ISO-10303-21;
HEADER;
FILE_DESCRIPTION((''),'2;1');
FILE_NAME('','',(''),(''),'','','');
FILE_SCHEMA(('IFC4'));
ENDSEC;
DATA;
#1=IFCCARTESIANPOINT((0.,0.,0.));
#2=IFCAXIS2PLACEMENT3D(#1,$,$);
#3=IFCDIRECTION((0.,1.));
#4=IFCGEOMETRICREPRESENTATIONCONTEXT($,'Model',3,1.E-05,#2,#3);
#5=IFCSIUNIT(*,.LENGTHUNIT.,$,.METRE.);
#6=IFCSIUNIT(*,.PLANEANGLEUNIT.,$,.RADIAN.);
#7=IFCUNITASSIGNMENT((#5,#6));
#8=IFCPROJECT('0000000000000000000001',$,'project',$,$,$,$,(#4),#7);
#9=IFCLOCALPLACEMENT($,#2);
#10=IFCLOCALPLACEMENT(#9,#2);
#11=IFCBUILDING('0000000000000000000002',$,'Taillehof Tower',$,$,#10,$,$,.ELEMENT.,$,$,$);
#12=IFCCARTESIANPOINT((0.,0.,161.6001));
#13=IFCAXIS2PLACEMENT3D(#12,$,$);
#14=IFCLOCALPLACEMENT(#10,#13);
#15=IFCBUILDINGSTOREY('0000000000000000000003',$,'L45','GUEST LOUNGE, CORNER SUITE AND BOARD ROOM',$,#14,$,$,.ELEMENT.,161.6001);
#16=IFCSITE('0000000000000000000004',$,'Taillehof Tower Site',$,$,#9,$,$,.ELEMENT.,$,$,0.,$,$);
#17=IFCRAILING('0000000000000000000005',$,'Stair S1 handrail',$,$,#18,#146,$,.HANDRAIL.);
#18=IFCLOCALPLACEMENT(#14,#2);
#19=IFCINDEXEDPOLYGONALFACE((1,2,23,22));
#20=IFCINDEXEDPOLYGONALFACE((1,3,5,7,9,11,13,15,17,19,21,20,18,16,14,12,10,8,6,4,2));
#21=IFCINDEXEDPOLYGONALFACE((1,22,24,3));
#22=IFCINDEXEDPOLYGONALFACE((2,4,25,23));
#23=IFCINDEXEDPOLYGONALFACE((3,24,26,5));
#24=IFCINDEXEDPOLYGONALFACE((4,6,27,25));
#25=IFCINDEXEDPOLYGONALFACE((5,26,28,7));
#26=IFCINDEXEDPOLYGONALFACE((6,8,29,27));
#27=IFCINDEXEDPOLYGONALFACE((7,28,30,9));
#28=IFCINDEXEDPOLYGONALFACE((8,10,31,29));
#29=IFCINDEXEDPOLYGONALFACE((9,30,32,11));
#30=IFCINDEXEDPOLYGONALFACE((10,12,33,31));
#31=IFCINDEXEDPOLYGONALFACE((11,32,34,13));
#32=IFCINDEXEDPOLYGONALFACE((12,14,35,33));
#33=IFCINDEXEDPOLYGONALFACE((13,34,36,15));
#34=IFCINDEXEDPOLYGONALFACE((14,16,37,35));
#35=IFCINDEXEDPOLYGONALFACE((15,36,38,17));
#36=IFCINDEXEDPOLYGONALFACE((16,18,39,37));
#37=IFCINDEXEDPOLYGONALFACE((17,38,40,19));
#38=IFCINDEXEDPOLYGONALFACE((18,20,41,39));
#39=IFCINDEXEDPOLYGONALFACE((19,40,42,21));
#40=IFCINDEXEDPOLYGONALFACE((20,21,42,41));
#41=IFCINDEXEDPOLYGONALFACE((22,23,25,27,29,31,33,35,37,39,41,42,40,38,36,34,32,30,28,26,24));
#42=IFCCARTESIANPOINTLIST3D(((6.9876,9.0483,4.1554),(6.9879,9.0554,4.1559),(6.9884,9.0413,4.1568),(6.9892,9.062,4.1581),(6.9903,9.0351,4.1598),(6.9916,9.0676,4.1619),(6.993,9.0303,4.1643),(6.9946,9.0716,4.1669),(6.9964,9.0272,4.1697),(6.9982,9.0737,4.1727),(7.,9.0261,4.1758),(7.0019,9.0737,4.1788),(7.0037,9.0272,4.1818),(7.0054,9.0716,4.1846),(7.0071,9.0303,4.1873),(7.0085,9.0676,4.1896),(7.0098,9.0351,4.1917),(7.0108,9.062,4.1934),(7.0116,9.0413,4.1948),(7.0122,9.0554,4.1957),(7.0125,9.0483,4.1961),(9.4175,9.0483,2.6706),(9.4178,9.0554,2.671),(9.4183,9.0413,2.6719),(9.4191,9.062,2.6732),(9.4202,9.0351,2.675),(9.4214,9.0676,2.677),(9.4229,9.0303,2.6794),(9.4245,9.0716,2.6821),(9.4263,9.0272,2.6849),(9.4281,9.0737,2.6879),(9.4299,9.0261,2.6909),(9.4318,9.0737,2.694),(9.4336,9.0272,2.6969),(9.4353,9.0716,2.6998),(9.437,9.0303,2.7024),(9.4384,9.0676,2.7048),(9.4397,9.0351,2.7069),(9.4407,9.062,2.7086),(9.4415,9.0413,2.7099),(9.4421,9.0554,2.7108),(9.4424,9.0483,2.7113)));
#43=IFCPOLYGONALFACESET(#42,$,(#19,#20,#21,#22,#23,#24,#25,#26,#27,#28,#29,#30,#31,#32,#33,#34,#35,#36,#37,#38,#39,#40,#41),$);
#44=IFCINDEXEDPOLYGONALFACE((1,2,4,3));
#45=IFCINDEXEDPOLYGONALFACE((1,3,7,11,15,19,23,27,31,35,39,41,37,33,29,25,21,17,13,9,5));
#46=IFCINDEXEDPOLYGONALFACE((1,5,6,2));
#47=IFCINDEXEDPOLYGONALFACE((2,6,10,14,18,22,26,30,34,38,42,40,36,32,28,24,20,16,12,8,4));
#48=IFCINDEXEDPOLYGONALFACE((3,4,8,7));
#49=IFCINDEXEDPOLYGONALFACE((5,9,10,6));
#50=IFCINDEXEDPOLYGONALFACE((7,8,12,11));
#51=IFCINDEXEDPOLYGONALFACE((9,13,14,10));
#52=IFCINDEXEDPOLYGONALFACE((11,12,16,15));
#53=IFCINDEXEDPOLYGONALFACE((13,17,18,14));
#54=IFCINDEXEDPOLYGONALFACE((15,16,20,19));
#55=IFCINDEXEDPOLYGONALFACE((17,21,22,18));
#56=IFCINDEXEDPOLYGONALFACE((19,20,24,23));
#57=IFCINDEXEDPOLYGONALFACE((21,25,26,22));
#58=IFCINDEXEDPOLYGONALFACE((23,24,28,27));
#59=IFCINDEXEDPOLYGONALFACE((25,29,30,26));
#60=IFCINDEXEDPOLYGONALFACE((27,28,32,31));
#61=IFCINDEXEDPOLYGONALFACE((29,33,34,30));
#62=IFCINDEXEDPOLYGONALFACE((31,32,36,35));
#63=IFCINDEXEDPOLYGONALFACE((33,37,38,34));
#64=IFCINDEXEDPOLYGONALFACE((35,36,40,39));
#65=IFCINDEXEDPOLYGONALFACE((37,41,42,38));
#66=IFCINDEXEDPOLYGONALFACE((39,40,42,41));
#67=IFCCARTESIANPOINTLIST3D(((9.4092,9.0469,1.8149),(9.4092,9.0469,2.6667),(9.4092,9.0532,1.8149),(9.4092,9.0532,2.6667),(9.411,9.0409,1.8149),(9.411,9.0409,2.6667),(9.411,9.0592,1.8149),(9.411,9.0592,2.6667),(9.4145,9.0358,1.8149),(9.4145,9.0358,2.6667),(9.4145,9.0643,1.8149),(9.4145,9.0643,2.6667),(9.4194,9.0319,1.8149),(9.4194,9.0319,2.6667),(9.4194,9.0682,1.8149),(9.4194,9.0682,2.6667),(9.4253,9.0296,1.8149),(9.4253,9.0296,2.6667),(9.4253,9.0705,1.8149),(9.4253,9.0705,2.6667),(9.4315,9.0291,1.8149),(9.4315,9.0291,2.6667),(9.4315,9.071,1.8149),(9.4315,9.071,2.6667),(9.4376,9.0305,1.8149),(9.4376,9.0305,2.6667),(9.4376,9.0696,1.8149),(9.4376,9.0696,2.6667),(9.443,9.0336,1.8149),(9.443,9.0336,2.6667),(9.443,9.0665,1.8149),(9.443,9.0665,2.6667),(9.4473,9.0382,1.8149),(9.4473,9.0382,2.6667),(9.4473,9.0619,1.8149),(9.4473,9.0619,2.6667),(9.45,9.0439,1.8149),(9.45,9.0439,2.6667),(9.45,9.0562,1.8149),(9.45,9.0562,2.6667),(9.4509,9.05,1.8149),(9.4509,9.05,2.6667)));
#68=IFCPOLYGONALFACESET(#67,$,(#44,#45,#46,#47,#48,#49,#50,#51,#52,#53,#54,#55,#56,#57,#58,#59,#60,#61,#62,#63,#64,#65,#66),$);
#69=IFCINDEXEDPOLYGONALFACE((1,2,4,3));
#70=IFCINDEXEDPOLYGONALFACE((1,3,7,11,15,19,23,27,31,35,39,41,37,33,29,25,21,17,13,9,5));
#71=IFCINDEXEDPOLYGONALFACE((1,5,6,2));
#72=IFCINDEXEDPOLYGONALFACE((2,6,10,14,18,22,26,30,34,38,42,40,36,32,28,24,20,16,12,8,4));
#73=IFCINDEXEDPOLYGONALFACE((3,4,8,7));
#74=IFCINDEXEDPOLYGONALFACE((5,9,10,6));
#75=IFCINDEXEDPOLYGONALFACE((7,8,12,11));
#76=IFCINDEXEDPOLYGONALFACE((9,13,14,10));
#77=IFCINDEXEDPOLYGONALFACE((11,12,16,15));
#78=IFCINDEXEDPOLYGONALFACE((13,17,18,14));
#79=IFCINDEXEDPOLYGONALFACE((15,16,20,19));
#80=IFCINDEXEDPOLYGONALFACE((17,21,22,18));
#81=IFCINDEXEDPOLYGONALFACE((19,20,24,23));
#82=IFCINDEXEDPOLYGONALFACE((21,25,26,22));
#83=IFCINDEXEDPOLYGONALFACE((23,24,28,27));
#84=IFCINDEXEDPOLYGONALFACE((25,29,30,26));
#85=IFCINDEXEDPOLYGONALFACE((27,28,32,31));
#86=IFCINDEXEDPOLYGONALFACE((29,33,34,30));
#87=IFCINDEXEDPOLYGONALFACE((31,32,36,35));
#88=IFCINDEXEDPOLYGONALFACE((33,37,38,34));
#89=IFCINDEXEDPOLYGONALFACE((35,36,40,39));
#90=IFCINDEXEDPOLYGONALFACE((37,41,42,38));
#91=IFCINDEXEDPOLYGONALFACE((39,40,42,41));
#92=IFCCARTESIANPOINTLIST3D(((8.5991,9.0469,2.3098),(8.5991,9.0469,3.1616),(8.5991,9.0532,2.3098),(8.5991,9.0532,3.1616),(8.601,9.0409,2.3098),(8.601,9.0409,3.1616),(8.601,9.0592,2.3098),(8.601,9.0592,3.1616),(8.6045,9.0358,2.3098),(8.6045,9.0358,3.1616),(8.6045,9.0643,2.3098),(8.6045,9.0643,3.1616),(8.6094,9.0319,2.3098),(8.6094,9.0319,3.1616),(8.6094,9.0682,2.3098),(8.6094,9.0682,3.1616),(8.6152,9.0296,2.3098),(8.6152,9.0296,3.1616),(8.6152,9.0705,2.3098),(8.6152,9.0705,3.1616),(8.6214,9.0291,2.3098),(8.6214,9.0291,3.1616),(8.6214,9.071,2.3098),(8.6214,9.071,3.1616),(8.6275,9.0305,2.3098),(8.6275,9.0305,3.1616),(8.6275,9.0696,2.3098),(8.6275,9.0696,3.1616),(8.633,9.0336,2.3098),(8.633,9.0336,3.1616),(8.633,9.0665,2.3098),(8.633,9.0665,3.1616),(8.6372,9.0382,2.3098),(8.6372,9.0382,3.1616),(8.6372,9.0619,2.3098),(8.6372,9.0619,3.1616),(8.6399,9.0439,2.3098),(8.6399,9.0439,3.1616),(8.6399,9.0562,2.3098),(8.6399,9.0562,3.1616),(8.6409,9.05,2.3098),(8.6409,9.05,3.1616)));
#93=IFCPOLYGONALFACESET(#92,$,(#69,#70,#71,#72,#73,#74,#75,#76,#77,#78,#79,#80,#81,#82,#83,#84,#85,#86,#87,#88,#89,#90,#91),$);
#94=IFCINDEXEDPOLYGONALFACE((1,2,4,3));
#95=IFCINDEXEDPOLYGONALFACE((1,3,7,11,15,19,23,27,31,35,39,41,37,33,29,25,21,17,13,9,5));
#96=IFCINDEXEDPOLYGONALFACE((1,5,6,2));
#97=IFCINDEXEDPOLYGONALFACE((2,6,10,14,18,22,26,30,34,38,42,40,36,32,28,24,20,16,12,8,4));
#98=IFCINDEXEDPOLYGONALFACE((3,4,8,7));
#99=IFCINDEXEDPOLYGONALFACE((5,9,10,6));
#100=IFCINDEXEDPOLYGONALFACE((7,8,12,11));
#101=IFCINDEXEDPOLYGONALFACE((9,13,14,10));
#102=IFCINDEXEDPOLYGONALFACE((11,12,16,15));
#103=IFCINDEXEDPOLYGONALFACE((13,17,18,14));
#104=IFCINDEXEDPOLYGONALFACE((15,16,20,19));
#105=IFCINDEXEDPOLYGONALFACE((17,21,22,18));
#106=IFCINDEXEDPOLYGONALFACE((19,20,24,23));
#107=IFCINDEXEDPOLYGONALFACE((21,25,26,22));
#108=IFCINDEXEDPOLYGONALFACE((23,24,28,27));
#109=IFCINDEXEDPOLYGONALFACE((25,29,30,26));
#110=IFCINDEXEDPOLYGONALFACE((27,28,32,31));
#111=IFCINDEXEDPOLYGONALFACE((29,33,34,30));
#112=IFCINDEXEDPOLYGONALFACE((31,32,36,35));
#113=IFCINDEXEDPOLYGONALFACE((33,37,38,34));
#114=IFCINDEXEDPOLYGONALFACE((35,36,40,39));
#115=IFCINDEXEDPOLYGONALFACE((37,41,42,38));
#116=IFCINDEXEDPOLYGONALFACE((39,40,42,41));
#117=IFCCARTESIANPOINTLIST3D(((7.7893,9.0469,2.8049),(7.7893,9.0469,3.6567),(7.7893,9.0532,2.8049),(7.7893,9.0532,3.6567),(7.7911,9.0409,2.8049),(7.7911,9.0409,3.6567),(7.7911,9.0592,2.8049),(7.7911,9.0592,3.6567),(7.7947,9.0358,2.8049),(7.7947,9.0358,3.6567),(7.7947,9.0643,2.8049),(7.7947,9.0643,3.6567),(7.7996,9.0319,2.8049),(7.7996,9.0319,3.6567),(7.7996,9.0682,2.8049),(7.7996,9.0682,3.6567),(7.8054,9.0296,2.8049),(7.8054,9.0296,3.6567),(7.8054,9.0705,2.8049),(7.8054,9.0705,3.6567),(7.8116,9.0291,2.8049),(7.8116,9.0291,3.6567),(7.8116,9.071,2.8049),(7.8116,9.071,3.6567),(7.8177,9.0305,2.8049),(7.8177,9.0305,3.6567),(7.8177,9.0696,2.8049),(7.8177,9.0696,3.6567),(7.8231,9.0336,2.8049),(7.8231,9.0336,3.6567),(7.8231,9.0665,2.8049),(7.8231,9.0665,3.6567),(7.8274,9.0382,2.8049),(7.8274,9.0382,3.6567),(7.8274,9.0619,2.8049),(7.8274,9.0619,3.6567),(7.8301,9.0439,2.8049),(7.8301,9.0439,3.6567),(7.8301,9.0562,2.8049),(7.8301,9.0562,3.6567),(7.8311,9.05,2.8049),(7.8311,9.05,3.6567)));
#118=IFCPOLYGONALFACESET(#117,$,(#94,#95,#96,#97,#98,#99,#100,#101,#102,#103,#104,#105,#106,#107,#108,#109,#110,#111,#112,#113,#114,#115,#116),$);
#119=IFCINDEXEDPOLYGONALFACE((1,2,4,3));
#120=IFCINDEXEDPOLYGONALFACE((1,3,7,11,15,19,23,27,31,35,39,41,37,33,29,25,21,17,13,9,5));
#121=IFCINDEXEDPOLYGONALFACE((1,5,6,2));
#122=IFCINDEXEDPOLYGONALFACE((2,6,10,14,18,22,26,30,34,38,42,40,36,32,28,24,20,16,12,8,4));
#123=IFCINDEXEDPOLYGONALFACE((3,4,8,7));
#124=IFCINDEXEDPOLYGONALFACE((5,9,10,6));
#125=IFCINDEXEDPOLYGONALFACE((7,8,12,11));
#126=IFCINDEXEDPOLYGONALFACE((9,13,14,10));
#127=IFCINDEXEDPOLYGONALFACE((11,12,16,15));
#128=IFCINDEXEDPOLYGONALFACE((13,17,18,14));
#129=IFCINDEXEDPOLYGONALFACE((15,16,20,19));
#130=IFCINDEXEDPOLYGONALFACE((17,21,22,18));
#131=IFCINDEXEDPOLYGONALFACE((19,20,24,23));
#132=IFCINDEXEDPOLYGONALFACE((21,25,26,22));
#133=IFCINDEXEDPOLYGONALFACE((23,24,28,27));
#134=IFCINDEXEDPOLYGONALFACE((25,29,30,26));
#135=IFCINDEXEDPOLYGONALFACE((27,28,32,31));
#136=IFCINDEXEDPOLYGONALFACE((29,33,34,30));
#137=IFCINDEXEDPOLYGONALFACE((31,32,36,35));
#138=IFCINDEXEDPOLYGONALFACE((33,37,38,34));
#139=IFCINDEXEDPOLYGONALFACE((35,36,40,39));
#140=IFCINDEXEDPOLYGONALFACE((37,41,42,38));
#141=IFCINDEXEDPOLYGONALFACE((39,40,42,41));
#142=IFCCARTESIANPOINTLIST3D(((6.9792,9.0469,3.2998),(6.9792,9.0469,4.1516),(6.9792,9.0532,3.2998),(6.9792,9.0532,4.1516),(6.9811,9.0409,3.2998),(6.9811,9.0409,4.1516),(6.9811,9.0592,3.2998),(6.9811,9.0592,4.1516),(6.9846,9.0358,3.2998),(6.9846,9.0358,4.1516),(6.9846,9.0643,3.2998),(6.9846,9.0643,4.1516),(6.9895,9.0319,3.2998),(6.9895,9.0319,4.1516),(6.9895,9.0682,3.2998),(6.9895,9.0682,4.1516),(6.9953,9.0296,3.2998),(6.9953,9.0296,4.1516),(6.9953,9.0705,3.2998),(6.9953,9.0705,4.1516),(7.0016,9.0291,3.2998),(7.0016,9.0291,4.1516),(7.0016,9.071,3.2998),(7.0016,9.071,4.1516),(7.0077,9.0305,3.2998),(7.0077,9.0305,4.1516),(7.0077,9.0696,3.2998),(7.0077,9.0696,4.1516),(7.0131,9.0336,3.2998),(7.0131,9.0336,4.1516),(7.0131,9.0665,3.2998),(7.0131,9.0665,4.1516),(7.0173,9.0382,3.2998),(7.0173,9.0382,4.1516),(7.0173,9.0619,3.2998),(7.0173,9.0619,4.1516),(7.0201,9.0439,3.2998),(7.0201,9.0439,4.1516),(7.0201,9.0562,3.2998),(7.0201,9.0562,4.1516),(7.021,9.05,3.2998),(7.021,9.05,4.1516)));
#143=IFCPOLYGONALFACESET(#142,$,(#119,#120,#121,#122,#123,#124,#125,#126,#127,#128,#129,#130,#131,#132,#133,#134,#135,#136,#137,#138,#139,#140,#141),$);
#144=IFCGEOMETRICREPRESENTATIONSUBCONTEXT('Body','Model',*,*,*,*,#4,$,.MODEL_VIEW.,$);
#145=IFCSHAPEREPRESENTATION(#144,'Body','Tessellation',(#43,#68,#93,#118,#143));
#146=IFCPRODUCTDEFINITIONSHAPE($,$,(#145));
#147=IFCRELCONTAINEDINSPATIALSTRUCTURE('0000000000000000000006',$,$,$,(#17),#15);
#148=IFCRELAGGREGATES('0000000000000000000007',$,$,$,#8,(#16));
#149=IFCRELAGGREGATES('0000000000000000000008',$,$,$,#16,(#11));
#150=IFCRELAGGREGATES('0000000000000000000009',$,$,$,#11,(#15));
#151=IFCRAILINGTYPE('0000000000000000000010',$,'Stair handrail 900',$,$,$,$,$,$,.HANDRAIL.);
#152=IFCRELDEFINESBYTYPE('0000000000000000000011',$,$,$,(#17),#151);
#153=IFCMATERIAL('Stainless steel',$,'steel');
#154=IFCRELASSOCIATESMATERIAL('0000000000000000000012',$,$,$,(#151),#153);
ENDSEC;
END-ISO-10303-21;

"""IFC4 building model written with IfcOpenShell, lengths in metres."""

from ifc_helpers import new_model, si_unit, direction, frame, origin, origin_2d, place, context, subcontext, project, spatial, circle, extrude, material, type_object, element, save


model = new_model("IFC4")

# Units and contexts
model_context = context("Model", 3, precision=1e-05, world=origin(), true_north=direction((0.0, 1.0)))
body_context = subcontext(model_context, "Body", "Model", "MODEL_VIEW")
ifc_project = project(units=[si_unit("LENGTHUNIT", "METRE"), si_unit("PLANEANGLEUNIT", "RADIAN")], contexts=[model_context])

# Site, building, storey
site_placement = place(None, origin())
site = spatial("IfcSite", under=ifc_project, at=site_placement, Name="Taillehof Tower Site", CompositionType="ELEMENT", RefElevation=0.0)
building_placement = place(site_placement, origin())
building = spatial("IfcBuilding", under=site, at=building_placement, Name="Taillehof Tower", CompositionType="ELEMENT")
storey_placement = place(building_placement, frame((0.0, 0.0, 161.6001)))
storey = spatial("IfcBuildingStorey", under=building, at=storey_placement, Name="L45", Description="GUEST LOUNGE, CORNER SUITE AND BOARD ROOM", CompositionType="ELEMENT", Elevation=161.6001)

# Railing
ifc_material_1 = material(Name="Stainless steel", Category="steel")
railing_type = type_object("IfcRailingType", Name="Stair handrail 900", PredefinedType="HANDRAIL", material=ifc_material_1)
railing_placement = place(storey_placement, frame((9.4299, 9.05, 1.8149)))
element("IfcRailing", 1, at=railing_placement, inside=storey, type_object=railing_type, Name="Stair S1 handrail", PredefinedType="HANDRAIL", context=body_context, shape_type="SweptSolid", body=[
    extrude(circle(Radius=0.0239, at=origin_2d()), frame((0.0, 0.0, 0.876), z_axis=(-0.853297, 0.0, 0.521426), x_axis=(0.0, -1.0, 0.0)), (0.0, 0.0, 1.0), 2.8477),
    extrude(circle(Radius=0.021, at=origin_2d()), origin(), (0.0, 0.0, 1.0), 0.8518),
    extrude(circle(Radius=0.021, at=origin_2d()), frame((-0.8101, 0.0, 0.4949)), (0.0, 0.0, 1.0), 0.8518),
    extrude(circle(Radius=0.021, at=origin_2d()), frame((-1.6199, 0.0, 0.99)), (0.0, 0.0, 1.0), 0.8518),
    extrude(circle(Radius=0.021, at=origin_2d()), frame((-2.4299, 0.0, 1.4849)), (0.0, 0.0, 1.0), 0.8518),
])

save(model, "model.ifc")
